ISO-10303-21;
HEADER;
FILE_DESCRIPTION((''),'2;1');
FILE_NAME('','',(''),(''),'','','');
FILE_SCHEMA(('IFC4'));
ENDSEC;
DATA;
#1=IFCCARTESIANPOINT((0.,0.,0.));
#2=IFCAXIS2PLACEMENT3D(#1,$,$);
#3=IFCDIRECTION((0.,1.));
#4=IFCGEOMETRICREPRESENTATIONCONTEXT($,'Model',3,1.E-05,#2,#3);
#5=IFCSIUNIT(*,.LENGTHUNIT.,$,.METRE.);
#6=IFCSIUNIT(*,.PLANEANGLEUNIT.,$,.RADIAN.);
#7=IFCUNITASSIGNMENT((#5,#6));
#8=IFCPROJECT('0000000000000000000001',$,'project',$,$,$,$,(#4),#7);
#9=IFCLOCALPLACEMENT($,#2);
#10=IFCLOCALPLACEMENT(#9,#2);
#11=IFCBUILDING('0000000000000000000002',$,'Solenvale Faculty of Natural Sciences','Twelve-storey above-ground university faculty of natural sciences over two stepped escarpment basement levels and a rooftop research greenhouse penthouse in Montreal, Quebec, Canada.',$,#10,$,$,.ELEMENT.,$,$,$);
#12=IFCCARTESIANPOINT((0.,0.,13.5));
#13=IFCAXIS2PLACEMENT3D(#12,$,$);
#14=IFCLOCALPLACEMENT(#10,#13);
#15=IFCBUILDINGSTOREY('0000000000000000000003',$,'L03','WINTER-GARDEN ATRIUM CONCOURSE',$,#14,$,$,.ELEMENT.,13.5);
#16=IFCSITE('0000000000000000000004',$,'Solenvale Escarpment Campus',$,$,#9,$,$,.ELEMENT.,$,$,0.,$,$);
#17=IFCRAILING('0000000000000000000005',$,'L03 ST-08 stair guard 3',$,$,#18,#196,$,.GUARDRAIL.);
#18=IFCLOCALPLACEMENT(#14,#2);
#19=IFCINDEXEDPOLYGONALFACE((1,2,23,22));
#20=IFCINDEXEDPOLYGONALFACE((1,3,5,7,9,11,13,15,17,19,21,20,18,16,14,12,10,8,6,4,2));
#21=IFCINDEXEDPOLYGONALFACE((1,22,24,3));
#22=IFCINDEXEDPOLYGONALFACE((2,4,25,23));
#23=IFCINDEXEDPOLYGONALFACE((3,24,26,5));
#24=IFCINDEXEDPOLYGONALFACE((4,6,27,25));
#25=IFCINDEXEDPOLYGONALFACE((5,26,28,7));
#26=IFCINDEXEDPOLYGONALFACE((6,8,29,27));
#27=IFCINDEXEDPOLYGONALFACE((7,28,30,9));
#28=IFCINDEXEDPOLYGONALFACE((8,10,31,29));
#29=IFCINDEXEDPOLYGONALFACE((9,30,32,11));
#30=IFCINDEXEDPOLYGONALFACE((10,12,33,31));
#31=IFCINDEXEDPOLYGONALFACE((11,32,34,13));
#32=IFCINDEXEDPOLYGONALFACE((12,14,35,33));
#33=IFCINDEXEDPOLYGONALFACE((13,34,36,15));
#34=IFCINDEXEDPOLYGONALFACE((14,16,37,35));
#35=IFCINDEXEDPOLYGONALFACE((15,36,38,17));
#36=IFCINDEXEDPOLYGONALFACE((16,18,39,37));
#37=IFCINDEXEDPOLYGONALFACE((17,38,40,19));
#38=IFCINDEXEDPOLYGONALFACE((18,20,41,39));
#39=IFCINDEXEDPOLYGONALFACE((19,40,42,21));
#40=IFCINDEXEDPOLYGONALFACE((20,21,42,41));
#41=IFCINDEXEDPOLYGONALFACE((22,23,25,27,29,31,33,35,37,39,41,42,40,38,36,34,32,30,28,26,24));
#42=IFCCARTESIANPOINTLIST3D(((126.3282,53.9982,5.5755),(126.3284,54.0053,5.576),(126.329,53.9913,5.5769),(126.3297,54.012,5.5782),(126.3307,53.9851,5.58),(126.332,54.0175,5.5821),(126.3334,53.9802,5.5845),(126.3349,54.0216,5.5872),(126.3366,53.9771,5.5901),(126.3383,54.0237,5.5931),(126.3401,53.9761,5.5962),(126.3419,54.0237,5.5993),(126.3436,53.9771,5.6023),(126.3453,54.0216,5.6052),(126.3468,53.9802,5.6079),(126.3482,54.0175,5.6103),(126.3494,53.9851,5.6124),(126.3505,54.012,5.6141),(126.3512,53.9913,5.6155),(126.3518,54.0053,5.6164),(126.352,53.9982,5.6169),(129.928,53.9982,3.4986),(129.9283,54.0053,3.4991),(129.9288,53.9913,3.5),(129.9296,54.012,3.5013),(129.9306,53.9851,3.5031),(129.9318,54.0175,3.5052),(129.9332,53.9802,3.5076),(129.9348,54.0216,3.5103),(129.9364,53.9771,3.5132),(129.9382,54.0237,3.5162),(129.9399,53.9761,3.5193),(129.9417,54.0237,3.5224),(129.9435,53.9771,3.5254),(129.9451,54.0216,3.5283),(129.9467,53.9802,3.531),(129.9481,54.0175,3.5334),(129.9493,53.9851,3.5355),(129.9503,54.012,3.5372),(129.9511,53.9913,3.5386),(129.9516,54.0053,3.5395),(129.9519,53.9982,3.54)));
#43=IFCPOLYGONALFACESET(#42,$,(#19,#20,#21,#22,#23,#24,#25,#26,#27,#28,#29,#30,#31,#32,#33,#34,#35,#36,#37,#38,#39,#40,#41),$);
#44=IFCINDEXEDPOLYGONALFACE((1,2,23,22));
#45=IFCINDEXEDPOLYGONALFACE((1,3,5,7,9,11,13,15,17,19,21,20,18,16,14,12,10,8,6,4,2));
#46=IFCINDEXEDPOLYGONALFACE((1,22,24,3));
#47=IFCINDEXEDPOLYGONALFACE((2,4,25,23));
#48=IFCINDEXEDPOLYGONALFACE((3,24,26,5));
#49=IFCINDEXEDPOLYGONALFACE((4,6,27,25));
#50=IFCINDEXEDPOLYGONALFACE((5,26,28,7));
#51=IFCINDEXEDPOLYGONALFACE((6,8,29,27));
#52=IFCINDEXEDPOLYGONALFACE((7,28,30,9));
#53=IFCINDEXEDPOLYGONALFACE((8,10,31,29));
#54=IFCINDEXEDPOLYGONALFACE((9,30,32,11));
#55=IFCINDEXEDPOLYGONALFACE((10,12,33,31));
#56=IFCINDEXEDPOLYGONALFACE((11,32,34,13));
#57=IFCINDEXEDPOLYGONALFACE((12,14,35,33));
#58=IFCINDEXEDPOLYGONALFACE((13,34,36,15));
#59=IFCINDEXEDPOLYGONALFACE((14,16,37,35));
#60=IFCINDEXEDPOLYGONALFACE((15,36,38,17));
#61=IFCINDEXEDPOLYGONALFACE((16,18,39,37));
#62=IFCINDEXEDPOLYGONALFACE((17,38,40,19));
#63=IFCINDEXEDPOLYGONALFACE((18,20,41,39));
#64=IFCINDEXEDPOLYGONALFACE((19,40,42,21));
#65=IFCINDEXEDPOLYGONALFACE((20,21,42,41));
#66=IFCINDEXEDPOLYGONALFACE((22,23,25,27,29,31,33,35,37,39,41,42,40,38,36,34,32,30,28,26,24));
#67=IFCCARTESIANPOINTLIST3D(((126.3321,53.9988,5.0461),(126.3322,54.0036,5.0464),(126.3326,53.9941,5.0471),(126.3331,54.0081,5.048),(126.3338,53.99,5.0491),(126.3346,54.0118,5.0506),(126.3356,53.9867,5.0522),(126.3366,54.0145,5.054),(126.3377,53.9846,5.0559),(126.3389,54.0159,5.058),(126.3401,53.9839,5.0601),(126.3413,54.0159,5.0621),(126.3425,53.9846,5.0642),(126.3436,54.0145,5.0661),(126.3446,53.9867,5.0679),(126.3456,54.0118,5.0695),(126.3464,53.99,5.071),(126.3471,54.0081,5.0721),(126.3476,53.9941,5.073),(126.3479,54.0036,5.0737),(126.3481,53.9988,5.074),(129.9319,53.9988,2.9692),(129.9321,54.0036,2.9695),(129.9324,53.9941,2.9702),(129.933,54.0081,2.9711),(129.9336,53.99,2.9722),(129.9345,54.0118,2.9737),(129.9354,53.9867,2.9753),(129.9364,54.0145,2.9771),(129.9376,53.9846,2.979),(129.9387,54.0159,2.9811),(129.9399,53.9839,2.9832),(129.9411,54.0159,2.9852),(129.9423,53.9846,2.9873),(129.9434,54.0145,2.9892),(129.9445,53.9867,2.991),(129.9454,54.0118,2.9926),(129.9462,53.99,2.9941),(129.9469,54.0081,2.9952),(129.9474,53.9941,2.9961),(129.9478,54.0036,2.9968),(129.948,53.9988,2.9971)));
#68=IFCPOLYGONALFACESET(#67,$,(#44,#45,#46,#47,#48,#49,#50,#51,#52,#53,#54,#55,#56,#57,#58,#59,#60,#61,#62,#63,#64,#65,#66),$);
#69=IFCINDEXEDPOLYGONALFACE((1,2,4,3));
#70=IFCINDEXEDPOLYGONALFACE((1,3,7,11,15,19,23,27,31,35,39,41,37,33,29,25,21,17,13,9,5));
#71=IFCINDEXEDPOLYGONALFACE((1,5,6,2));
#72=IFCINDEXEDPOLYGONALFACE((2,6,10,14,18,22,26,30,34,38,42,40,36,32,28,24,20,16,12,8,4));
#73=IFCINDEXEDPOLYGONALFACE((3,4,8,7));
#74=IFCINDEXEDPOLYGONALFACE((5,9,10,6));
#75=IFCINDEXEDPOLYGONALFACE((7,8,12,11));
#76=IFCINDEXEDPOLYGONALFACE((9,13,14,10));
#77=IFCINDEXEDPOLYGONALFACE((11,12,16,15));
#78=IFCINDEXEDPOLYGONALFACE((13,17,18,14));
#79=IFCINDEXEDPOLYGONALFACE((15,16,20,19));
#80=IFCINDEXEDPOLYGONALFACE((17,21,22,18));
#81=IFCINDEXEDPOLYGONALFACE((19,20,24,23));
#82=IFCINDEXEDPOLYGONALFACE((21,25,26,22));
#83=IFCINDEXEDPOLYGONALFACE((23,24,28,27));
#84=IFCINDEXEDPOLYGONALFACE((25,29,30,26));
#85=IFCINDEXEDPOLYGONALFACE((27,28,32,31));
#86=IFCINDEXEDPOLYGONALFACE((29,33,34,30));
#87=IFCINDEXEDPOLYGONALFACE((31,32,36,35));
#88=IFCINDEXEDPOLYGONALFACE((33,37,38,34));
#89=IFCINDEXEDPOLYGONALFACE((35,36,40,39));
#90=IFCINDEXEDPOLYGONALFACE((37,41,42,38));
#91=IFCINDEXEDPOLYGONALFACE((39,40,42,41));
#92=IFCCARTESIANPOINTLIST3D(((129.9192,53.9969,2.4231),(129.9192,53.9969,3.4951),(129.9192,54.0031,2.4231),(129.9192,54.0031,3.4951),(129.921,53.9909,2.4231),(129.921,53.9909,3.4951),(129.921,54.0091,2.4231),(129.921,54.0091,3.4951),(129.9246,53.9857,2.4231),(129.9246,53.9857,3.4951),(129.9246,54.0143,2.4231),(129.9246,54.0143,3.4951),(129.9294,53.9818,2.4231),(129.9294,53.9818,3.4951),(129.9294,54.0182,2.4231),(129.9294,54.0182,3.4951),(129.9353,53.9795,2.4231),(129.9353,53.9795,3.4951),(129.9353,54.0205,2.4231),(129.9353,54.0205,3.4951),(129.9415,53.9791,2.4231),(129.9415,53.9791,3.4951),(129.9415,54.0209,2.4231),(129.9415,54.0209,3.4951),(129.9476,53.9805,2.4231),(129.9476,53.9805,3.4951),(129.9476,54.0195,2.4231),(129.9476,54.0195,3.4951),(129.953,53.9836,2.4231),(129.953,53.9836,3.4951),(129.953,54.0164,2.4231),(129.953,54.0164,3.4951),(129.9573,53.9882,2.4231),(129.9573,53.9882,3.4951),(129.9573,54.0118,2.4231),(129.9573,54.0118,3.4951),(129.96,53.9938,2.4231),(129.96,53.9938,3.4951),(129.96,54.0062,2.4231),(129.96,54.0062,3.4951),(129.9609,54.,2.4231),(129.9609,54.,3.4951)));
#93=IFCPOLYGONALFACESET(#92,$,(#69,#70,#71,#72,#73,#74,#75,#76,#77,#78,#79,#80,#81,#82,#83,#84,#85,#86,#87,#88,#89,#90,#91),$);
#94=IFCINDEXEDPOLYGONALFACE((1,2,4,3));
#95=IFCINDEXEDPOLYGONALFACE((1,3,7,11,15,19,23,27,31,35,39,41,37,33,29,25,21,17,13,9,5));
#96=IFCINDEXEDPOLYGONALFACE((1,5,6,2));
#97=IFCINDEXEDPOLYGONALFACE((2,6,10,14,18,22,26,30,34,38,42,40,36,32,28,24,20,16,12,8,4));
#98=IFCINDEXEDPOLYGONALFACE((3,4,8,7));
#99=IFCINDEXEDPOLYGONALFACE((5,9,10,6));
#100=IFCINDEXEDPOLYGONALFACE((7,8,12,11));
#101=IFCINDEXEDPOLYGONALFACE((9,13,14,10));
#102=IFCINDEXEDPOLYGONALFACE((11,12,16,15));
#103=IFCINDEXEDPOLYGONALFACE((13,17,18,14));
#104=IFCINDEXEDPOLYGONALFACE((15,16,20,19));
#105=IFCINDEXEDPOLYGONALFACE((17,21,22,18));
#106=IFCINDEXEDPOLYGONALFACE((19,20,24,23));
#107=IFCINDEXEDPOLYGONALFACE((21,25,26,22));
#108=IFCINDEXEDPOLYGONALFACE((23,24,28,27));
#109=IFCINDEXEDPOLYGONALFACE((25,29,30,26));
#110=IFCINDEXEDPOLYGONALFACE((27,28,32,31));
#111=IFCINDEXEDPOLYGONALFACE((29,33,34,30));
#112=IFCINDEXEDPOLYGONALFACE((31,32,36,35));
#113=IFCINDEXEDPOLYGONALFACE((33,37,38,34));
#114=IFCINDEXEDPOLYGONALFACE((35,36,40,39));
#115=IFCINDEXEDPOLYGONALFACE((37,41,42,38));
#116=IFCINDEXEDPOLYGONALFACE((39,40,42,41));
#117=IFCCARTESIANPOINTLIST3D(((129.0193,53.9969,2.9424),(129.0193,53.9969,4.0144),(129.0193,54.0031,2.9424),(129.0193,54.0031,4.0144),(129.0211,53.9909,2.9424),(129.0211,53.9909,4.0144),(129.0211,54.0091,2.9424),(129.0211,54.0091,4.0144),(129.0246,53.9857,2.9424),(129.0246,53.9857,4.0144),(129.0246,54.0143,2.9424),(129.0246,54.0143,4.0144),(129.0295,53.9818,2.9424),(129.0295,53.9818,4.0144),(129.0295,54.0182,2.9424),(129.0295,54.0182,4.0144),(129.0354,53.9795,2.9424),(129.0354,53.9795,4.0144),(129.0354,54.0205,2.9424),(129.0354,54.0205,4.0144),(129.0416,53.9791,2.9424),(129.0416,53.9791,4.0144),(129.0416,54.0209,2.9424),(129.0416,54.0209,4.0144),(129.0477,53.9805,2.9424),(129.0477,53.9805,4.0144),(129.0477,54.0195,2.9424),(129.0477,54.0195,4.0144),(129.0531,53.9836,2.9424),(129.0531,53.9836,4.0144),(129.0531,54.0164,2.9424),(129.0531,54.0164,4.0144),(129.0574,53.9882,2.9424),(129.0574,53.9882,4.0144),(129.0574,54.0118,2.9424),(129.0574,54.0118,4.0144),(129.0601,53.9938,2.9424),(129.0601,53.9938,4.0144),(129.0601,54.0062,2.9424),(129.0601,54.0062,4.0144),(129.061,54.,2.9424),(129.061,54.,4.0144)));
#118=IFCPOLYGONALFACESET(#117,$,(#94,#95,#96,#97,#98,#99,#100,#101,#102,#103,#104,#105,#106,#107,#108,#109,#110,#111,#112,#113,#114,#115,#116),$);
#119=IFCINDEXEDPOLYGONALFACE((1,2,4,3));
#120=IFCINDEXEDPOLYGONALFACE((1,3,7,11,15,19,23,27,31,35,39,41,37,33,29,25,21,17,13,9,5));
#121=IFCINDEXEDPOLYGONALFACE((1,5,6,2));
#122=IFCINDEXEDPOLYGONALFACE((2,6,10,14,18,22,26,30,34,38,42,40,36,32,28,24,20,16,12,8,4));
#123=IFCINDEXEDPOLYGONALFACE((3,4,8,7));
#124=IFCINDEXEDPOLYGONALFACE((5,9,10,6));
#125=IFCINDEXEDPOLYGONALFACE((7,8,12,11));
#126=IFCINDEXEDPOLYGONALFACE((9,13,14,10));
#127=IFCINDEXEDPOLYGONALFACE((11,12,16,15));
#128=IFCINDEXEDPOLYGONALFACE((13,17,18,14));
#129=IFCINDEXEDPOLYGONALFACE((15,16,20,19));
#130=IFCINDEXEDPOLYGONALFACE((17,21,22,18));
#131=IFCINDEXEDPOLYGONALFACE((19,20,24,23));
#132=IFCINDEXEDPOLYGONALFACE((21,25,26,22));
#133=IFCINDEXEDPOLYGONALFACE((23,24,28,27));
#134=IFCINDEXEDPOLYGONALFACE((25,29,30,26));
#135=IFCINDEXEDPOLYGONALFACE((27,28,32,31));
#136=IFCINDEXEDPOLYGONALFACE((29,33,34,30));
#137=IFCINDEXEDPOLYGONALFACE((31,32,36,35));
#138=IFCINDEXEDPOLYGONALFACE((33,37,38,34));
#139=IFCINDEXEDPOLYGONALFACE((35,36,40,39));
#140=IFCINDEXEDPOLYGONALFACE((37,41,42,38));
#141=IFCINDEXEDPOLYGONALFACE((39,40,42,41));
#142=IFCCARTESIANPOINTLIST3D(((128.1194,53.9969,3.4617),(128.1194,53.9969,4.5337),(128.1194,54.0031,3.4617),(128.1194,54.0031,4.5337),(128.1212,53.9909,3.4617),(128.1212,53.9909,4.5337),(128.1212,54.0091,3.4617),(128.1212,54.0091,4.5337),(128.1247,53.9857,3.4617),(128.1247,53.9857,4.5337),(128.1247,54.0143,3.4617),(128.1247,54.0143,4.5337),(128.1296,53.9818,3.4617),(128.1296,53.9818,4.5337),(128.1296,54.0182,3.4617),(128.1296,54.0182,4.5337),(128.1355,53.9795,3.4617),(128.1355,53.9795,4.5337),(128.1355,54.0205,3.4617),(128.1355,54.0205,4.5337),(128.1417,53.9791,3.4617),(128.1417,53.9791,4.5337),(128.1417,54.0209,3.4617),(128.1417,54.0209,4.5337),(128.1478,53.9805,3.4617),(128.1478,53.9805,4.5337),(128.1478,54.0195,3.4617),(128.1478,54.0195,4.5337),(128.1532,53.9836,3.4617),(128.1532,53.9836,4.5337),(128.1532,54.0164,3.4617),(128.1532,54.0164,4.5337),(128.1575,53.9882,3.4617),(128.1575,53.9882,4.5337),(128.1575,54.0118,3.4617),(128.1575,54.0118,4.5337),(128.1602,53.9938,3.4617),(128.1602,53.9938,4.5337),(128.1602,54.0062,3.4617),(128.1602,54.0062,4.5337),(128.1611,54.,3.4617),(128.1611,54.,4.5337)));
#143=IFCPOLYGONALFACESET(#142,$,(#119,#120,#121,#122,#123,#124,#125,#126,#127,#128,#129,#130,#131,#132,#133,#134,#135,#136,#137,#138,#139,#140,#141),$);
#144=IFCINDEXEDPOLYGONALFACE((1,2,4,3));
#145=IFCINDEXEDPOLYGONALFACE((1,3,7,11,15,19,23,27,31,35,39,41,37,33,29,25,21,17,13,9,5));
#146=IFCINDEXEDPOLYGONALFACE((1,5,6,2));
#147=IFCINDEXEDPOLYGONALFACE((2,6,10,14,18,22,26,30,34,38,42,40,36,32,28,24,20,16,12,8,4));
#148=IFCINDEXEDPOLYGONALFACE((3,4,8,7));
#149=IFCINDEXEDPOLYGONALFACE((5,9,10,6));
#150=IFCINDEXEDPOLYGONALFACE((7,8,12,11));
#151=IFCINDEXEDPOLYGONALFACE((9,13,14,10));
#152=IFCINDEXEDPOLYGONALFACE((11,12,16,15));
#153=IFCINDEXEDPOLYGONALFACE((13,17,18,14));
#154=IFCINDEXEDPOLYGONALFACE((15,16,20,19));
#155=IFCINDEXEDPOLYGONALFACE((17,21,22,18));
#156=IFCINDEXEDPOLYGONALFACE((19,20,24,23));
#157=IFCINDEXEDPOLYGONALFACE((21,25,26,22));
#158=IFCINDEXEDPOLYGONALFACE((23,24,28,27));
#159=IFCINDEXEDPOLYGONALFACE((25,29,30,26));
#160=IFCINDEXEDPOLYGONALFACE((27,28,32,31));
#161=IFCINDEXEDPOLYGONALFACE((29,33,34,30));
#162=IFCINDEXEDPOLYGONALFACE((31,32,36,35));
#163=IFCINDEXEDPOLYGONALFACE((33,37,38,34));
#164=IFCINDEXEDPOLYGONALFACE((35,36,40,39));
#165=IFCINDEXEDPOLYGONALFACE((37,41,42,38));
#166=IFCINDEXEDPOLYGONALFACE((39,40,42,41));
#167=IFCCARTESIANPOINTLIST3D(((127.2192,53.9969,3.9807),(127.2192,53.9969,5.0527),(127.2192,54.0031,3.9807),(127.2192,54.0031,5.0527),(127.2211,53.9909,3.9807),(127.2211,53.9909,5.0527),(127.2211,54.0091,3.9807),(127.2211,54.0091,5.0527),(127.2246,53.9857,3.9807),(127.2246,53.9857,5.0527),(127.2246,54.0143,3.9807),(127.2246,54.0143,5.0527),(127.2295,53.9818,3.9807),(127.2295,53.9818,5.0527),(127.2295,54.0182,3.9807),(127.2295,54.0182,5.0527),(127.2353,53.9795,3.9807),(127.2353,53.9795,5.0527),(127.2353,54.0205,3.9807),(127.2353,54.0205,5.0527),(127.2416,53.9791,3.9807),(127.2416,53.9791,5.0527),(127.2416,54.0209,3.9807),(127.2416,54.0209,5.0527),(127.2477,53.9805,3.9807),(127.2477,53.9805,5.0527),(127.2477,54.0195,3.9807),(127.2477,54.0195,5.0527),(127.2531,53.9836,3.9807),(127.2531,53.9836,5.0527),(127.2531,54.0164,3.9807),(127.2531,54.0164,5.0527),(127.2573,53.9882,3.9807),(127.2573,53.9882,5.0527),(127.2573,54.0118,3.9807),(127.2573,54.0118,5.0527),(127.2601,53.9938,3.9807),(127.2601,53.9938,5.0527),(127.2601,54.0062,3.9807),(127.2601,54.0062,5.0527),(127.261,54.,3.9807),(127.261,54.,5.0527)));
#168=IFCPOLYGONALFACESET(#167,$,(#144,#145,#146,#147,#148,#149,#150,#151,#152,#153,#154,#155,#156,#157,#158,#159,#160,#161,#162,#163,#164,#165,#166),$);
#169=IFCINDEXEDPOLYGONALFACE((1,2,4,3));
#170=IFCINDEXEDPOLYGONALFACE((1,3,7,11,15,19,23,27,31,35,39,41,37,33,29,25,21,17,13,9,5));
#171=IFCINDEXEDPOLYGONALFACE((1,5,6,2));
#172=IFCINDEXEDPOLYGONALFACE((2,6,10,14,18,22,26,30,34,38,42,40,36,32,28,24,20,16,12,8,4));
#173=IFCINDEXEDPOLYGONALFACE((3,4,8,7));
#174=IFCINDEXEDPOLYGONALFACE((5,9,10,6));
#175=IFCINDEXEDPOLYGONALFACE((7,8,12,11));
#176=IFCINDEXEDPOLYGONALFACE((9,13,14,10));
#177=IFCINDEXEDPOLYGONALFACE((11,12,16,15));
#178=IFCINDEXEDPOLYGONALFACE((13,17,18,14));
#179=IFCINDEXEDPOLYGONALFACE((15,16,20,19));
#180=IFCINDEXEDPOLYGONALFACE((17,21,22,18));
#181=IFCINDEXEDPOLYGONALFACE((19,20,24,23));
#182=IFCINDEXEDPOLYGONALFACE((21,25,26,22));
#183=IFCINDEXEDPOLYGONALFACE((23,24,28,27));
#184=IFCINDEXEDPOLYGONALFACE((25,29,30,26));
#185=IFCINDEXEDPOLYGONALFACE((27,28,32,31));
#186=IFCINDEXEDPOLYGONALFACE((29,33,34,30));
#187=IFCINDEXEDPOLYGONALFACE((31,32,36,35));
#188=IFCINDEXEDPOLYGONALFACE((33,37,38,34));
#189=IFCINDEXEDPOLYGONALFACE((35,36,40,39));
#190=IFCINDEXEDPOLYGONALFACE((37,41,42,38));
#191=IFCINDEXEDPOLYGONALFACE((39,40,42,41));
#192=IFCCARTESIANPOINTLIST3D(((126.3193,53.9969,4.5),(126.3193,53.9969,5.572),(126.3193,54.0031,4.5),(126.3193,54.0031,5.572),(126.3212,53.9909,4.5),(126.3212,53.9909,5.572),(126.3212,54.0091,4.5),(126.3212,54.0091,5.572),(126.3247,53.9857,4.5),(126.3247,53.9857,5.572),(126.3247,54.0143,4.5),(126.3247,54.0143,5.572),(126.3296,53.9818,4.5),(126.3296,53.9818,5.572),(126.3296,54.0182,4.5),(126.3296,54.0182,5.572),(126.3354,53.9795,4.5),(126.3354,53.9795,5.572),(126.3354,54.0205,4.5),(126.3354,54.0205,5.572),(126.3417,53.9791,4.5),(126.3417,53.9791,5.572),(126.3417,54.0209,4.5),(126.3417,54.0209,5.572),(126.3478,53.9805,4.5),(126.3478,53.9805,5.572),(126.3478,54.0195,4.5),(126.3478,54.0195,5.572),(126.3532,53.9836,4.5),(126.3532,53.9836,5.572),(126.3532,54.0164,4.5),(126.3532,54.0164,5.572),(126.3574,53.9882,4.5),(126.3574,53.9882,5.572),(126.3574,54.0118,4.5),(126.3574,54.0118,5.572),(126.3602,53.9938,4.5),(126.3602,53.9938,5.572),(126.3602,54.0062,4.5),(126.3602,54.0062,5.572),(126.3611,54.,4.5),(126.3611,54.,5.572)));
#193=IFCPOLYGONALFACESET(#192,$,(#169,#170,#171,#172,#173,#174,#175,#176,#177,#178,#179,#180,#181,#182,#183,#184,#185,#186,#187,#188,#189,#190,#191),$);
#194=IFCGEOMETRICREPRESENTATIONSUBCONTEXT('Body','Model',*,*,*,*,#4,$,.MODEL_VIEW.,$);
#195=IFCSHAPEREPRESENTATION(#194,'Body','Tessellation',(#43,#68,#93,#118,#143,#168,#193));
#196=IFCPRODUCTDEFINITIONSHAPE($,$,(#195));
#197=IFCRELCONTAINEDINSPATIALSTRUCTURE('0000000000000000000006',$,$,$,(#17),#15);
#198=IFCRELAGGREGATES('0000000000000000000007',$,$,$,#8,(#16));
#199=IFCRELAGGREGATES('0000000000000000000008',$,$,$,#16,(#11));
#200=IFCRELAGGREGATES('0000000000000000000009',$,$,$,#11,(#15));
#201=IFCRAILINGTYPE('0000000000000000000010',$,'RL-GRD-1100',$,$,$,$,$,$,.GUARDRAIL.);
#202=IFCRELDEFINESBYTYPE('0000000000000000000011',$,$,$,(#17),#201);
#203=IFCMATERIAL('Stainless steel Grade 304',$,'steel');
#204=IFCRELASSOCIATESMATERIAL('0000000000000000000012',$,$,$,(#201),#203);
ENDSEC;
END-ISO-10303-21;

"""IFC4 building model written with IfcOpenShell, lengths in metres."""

from ifc_helpers import new_model, si_unit, direction, frame, origin, origin_2d, place, context, subcontext, project, spatial, circle, extrude, material, type_object, element, save


model = new_model("IFC4")

# Units and contexts
model_context = context("Model", 3, precision=1e-05, world=origin(), true_north=direction((0.0, 1.0)))
body_context = subcontext(model_context, "Body", "Model", "MODEL_VIEW")
ifc_project = project(units=[si_unit("LENGTHUNIT", "METRE"), si_unit("PLANEANGLEUNIT", "RADIAN")], contexts=[model_context])

# Site, building, storey
site_placement = place(None, origin())
site = spatial("IfcSite", under=ifc_project, at=site_placement, Name="Solenvale Escarpment Campus", CompositionType="ELEMENT", RefElevation=0.0)
building_placement = place(site_placement, origin())
building = spatial("IfcBuilding", under=site, at=building_placement, Name="Solenvale Faculty of Natural Sciences", Description="Twelve-storey above-ground university faculty of natural sciences over two stepped escarpment basement levels and a rooftop research greenhouse penthouse in Montreal, Quebec, Canada.", CompositionType="ELEMENT")
storey_placement = place(building_placement, frame((0.0, 0.0, 13.5)))
storey = spatial("IfcBuildingStorey", under=building, at=storey_placement, Name="L03", Description="WINTER-GARDEN ATRIUM CONCOURSE", CompositionType="ELEMENT", Elevation=13.5)

# Railing
ifc_material_1 = material(Name="Stainless steel Grade 304", Category="steel")
railing_type_1 = type_object("IfcRailingType", Name="RL-GRD-1100", PredefinedType="GUARDRAIL", material=ifc_material_1)
railing_1_placement = place(storey_placement, frame((129.9399, 54.0, 2.4231)))
element("IfcRailing", 1, at=railing_1_placement, inside=storey, type_object=railing_type_1, Name="L03 ST-08 stair guard 3", PredefinedType="GUARDRAIL", context=body_context, shape_type="SweptSolid", body=[
    extrude(circle(Radius=0.0239, at=origin_2d()), frame((0.0, 0.0, 1.0962), z_axis=(-0.866179, 0.0, 0.499734), x_axis=(0.0, -1.0, 0.0)), (0.0, 0.0, 1.0), 4.156),
    extrude(circle(Radius=0.0161, at=origin_2d()), frame((0.0, 0.0, 0.5601), z_axis=(-0.866179, 0.0, 0.499734), x_axis=(0.0, -1.0, 0.0)), (0.0, 0.0, 1.0), 4.156),
    extrude(circle(Radius=0.021, at=origin_2d()), origin(), (0.0, 0.0, 1.0), 1.072),
    extrude(circle(Radius=0.021, at=origin_2d()), frame((-0.8999, 0.0, 0.5193)), (0.0, 0.0, 1.0), 1.072),
    extrude(circle(Radius=0.021, at=origin_2d()), frame((-1.7998, 0.0, 1.0386)), (0.0, 0.0, 1.0), 1.072),
    extrude(circle(Radius=0.021, at=origin_2d()), frame((-2.7, 0.0, 1.5576)), (0.0, 0.0, 1.0), 1.072),
    extrude(circle(Radius=0.021, at=origin_2d()), frame((-3.5999, 0.0, 2.0769)), (0.0, 0.0, 1.0), 1.072),
])

save(model, "model.ifc")
